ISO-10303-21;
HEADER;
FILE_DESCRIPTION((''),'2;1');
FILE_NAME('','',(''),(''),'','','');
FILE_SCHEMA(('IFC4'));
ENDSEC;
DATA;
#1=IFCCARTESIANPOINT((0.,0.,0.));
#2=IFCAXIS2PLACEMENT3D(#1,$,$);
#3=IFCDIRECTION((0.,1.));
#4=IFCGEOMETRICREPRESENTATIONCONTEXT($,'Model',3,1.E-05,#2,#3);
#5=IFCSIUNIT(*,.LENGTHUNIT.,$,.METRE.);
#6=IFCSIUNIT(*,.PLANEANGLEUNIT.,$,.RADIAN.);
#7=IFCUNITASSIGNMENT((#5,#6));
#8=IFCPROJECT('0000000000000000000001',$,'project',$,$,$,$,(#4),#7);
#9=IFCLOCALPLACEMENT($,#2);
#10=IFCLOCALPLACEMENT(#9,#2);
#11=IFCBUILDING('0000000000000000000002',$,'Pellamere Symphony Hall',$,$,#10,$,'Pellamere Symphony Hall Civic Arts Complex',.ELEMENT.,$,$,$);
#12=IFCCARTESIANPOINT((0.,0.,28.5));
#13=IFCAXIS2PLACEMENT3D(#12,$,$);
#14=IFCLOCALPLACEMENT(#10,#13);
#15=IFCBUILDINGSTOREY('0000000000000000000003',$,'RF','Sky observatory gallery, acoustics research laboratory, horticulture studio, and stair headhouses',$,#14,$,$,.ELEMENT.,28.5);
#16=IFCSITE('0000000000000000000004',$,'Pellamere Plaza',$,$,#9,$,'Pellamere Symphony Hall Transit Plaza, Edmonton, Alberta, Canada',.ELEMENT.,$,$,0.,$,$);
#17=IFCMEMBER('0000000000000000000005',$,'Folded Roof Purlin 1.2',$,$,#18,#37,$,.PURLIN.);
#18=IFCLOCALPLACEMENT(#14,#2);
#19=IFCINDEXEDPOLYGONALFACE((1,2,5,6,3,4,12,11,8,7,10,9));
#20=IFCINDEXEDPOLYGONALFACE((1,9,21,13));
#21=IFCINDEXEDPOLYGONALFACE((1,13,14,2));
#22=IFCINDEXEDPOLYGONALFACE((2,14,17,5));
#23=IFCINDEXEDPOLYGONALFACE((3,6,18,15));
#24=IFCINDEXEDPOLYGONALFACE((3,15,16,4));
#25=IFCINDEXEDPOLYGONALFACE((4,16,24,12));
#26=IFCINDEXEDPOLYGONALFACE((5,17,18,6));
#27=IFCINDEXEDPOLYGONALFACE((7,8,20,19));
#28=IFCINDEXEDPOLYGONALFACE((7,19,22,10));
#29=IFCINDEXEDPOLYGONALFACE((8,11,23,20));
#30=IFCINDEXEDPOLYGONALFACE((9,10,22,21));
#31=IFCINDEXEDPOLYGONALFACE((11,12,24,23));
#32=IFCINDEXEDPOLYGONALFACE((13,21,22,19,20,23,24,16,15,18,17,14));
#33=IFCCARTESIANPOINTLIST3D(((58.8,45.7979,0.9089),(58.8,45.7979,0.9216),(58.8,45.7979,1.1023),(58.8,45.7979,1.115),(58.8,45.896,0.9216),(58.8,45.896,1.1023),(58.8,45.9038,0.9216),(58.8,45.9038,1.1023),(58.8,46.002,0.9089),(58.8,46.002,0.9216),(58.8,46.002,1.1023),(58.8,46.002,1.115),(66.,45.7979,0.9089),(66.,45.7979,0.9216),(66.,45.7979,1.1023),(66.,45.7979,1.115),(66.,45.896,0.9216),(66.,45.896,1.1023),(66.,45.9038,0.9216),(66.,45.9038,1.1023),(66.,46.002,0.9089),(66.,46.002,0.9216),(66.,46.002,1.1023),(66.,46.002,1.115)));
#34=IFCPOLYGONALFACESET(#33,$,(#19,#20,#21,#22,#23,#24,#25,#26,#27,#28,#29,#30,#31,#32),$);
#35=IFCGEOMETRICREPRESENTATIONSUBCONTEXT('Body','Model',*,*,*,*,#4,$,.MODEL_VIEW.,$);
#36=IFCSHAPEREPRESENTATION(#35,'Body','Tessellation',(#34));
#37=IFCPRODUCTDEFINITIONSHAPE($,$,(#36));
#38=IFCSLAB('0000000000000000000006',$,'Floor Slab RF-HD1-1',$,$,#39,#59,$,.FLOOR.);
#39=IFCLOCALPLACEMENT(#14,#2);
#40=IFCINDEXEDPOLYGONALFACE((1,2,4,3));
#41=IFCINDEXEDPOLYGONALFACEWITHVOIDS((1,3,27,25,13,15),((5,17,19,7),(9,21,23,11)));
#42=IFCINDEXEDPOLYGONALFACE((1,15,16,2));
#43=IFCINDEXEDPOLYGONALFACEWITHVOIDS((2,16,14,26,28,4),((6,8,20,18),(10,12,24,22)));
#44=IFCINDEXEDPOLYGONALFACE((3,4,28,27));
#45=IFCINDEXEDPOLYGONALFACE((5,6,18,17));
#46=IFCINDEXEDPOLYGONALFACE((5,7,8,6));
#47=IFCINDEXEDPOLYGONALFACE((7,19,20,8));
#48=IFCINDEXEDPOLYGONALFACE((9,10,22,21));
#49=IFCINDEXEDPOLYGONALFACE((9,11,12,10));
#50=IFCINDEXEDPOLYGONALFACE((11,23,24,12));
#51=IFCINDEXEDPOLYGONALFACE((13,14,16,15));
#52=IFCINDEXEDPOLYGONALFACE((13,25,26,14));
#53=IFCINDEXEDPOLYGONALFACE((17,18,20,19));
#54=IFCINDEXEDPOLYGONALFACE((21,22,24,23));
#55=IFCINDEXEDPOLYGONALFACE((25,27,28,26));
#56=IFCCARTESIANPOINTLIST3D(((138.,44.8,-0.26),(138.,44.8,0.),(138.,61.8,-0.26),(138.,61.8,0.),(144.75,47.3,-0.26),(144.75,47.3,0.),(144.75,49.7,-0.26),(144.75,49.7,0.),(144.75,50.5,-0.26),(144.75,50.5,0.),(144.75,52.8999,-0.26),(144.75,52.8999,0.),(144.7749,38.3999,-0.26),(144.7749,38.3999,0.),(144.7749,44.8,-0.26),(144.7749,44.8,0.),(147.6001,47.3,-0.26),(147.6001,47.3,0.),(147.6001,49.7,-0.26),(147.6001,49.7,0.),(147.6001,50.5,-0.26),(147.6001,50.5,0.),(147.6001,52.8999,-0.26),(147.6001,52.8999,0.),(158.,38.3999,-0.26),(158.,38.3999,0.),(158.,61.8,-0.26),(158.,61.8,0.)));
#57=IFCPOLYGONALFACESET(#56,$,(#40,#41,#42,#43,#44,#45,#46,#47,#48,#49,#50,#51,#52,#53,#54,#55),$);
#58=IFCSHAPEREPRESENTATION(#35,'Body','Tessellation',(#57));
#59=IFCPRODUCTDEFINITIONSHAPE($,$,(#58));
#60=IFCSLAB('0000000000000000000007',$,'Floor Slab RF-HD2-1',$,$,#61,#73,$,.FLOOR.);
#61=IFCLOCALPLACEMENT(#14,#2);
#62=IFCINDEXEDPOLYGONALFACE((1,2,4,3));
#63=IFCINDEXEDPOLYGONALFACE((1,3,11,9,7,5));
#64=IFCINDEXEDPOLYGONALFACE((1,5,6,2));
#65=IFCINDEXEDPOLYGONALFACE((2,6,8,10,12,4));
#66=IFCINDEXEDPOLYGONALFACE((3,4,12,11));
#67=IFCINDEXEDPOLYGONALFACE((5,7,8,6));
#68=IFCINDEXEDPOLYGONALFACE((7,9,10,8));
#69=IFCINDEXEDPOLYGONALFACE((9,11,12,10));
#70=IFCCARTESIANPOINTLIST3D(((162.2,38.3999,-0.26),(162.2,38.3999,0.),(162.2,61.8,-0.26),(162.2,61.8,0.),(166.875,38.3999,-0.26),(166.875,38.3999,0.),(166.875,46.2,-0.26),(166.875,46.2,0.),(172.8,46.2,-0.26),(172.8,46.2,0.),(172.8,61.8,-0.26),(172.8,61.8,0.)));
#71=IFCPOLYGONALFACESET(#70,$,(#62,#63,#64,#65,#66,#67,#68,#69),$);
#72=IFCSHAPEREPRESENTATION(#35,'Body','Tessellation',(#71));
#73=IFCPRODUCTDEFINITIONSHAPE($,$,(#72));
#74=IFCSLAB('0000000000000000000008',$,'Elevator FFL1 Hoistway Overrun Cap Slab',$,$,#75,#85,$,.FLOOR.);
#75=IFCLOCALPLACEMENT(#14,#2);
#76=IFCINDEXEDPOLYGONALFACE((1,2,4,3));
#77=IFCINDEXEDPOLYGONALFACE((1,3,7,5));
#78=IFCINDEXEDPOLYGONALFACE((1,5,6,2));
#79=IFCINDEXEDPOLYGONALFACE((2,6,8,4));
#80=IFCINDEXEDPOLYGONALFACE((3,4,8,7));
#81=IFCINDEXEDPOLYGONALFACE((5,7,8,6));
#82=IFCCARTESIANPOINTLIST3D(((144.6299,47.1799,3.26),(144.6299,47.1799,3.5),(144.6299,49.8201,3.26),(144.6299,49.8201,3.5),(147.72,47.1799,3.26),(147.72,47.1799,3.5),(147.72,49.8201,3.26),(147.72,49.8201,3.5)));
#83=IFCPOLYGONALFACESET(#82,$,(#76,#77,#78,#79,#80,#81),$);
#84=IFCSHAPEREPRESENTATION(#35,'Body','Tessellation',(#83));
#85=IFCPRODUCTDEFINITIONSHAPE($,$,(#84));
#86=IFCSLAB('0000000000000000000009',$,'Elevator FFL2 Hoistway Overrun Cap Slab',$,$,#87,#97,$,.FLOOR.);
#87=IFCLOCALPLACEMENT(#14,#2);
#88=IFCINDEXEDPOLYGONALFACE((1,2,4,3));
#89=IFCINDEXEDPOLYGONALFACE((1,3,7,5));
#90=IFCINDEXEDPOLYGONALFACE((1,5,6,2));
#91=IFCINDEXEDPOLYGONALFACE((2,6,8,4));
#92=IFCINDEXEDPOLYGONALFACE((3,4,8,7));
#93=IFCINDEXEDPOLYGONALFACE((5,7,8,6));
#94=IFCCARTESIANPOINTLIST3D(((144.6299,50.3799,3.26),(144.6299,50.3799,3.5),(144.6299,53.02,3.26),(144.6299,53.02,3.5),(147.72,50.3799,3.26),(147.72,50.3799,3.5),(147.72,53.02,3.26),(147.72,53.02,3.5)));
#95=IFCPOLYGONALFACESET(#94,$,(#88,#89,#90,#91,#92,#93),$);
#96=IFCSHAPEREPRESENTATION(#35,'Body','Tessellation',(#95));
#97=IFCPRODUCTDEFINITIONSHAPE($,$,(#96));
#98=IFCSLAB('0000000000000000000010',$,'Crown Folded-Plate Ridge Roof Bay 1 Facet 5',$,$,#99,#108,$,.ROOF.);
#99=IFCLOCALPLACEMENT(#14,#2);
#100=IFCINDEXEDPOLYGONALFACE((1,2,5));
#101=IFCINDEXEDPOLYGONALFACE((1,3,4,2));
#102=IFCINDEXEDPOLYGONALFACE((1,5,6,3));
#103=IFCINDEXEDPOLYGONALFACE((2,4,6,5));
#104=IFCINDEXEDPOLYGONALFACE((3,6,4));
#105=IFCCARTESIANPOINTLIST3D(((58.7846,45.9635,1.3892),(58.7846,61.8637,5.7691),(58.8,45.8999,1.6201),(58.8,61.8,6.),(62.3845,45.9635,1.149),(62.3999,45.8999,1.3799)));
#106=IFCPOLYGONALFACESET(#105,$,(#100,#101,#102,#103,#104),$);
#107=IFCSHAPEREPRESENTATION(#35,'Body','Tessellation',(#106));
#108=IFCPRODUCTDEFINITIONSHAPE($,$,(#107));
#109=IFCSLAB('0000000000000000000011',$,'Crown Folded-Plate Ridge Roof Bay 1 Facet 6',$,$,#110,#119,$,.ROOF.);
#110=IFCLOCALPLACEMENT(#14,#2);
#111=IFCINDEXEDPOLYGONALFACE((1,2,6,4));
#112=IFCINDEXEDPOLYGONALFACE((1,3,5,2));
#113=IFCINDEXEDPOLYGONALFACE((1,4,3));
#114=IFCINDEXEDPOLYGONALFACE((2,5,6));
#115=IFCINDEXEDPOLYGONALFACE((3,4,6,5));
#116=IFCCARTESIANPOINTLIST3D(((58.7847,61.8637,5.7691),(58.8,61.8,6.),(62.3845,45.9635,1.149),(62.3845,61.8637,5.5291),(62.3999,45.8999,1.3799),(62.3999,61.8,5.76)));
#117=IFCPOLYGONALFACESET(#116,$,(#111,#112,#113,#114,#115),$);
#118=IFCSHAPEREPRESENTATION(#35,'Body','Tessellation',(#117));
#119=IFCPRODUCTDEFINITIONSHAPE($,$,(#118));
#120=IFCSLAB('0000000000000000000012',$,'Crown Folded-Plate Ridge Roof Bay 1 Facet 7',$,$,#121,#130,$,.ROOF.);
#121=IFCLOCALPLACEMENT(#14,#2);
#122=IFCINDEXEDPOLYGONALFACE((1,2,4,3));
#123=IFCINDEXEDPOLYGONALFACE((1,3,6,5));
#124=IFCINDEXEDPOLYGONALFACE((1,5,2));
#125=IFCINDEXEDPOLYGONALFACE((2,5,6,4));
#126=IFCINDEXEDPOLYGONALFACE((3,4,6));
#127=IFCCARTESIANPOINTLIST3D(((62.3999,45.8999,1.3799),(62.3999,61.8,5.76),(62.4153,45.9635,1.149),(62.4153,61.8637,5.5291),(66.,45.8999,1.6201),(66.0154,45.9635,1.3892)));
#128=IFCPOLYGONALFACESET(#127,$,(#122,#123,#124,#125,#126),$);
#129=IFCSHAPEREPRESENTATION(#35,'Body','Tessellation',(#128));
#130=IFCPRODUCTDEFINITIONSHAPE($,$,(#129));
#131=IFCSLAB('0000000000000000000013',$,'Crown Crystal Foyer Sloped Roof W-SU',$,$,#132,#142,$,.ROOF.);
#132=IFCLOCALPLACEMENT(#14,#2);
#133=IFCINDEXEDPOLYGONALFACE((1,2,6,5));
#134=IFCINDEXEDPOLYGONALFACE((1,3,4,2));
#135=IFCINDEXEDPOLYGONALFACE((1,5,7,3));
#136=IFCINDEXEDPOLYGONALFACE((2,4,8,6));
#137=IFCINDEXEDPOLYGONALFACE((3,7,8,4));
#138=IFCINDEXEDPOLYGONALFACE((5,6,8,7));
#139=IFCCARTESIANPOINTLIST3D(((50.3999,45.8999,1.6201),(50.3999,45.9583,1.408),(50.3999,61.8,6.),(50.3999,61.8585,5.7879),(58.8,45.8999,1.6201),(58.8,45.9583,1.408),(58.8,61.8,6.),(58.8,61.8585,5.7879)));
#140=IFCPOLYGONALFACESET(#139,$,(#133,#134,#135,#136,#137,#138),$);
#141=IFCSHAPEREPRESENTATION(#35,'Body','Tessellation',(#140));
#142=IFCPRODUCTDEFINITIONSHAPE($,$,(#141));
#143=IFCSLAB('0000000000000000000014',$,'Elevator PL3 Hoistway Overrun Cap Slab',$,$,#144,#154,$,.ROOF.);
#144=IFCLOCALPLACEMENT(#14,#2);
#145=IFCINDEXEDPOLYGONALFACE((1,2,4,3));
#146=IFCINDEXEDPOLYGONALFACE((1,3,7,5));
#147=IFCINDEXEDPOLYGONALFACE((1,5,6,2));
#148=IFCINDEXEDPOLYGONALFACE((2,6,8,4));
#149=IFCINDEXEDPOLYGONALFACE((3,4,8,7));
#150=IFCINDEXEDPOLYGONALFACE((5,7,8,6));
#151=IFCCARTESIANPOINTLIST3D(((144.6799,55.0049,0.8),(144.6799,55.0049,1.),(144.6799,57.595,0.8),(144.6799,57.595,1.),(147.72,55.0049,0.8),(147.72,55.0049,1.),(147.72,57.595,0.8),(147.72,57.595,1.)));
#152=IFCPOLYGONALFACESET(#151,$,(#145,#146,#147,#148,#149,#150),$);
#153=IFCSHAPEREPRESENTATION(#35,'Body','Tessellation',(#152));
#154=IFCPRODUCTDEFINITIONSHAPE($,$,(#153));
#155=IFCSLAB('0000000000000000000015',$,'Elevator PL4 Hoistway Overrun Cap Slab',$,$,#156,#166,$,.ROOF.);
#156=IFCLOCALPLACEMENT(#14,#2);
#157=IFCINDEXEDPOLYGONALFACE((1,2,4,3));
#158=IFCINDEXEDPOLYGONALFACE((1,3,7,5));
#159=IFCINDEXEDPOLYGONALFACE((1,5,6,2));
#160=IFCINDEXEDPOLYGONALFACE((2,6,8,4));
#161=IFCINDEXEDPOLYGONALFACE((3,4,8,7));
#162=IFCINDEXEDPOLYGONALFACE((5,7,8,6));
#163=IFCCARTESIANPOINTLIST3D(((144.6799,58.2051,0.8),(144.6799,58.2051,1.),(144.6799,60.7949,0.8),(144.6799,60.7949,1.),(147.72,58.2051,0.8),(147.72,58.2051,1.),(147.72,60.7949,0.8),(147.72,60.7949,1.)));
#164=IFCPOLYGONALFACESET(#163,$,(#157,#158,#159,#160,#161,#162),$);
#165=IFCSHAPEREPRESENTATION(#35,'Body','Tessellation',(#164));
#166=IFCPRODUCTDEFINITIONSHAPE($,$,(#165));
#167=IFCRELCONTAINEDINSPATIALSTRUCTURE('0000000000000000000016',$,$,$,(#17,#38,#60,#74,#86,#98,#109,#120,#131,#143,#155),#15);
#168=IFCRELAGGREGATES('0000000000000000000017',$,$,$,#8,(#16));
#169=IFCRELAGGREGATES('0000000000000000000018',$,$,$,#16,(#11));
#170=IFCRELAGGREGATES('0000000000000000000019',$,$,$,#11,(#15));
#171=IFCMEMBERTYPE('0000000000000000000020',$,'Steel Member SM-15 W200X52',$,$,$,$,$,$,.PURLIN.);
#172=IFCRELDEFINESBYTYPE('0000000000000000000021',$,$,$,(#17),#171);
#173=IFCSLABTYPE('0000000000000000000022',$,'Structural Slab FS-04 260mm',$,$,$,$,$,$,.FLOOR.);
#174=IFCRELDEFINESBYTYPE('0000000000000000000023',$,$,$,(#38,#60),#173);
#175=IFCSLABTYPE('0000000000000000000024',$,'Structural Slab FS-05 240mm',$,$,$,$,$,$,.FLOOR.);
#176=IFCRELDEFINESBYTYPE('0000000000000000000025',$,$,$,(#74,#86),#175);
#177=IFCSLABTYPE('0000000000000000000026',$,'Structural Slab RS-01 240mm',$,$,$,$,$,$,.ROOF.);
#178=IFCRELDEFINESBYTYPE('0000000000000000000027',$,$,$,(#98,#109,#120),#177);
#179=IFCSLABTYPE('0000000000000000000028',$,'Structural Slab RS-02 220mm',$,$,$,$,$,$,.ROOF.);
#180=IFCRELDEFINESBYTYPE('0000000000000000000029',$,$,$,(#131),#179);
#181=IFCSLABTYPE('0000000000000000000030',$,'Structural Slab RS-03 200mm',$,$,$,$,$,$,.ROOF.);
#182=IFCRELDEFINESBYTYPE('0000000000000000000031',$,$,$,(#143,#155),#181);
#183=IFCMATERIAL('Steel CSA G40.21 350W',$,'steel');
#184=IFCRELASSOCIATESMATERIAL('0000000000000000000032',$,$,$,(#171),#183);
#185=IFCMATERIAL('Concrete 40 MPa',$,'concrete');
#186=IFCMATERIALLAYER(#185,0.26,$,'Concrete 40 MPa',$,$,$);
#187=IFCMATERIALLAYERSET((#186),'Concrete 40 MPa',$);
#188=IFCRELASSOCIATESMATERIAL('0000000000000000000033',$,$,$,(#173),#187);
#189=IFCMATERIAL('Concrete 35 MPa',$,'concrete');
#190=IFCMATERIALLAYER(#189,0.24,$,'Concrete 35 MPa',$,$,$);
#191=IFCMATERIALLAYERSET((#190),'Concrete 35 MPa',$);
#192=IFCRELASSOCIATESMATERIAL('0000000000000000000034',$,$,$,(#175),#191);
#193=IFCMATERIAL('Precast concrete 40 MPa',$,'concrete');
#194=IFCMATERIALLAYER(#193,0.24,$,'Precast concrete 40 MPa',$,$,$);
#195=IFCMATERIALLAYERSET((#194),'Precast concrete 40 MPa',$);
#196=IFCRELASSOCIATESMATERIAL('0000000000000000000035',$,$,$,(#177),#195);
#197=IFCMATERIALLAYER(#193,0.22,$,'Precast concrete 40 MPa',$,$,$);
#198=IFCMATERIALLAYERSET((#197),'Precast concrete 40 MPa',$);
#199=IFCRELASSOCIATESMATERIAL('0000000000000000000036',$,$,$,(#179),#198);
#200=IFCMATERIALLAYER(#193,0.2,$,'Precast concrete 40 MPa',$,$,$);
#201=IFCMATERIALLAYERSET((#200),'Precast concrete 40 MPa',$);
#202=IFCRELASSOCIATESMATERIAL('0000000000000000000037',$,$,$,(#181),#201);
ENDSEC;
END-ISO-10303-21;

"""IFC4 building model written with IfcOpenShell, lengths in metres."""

from ifc_helpers import new_model, si_unit, direction, frame, origin, origin_2d, place, context, subcontext, project, spatial, polyline, i_section, outline, extrude, material, layer, layer_set, material_profile, profile_set, type_object, element, save


model = new_model("IFC4")

# Units and contexts
model_context = context("Model", 3, precision=1e-05, world=origin(), true_north=direction((0.0, 1.0)))
body_context = subcontext(model_context, "Body", "Model", "MODEL_VIEW")
ifc_project = project(units=[si_unit("LENGTHUNIT", "METRE"), si_unit("PLANEANGLEUNIT", "RADIAN")], contexts=[model_context])

# Site, building, storey
site_placement = place(None, origin())
site = spatial("IfcSite", under=ifc_project, at=site_placement, Name="Pellamere Plaza", LongName="Pellamere Symphony Hall Transit Plaza, Edmonton, Alberta, Canada", CompositionType="ELEMENT", RefElevation=0.0)
building_placement = place(site_placement, origin())
building = spatial("IfcBuilding", under=site, at=building_placement, Name="Pellamere Symphony Hall", LongName="Pellamere Symphony Hall Civic Arts Complex", CompositionType="ELEMENT")
storey_placement = place(building_placement, frame((0.0, 0.0, 28.5)))
storey = spatial("IfcBuildingStorey", under=building, at=storey_placement, Name="RF", Description="Sky observatory gallery, acoustics research laboratory, horticulture studio, and stair headhouses", CompositionType="ELEMENT", Elevation=28.5)

# Member
ifc_material_1 = material(Name="Steel CSA G40.21 350W", Category="steel")
ifc_material_profile = material_profile(ifc_material_1, i_section(OverallWidth=0.2041, OverallDepth=0.2061, WebThickness=0.0078, FlangeThickness=0.0127, at=origin_2d()), Name="W200X52")
ifc_profile_set = profile_set([ifc_material_profile], Name="Steel CSA G40.21 350W")
member_type = type_object("IfcMemberType", Name="Steel Member SM-15 W200X52", PredefinedType="PURLIN", material=ifc_profile_set)
member_placement = place(storey_placement, frame((58.8, 45.8999, 1.012), z_axis=(1.0, 0.0, 0.0), x_axis=(0.0, 1.0, 0.0)))
element("IfcMember", 1, at=member_placement, inside=storey, type_object=member_type, Name="Folded Roof Purlin 1.2", PredefinedType="PURLIN", context=body_context, shape_type="SweptSolid", body=[
    extrude(i_section(OverallWidth=0.2041, OverallDepth=0.2061, WebThickness=0.0078, FlangeThickness=0.0127, at=origin_2d()), origin(), (0.0, 0.0, 1.0), 7.2),
])

# Slabs
ifc_material_2 = material(Name="Concrete 40 MPa", Category="concrete")
ifc_layer_1 = layer(ifc_material_2, 0.26, Name="Concrete 40 MPa")
ifc_layer_set_1 = layer_set([ifc_layer_1], Name="Concrete 40 MPa")
slab_type_1 = type_object("IfcSlabType", Name="Structural Slab FS-04 260mm", PredefinedType="FLOOR", material=ifc_layer_set_1)
slab_1_placement = place(storey_placement, frame((0.0, 0.0, -0.26)))
element("IfcSlab", 2, at=slab_1_placement, inside=storey, type_object=slab_type_1, Name="Floor Slab RF-HD1-1", PredefinedType="FLOOR", context=body_context, shape_type="SweptSolid", body=[
    extrude(outline(polyline([(138.0, 61.8), (158.0, 61.8), (158.0, 38.3999), (144.7749, 38.3999), (144.7749, 44.8), (138.0, 44.8), (138.0, 61.8)]), holes=[polyline([(144.75, 47.3), (147.6001, 47.3), (147.6001, 49.7), (144.75, 49.7), (144.75, 47.3)]), polyline([(144.75, 50.5), (147.6001, 50.5), (147.6001, 52.8999), (144.75, 52.8999), (144.75, 50.5)])]), origin(), (0.0, 0.0, 1.0), 0.26),
])
slab_2_placement = place(storey_placement, frame((0.0, 0.0, -0.26)))
element("IfcSlab", 3, at=slab_2_placement, inside=storey, type_object=slab_type_1, Name="Floor Slab RF-HD2-1", PredefinedType="FLOOR", context=body_context, shape_type="SweptSolid", body=[
    extrude(outline(polyline([(162.2, 38.3999), (162.2, 61.8), (172.8, 61.8), (172.8, 46.2), (166.875, 46.2), (166.875, 38.3999), (162.2, 38.3999)])), origin(), (0.0, 0.0, 1.0), 0.26),
])
ifc_material_3 = material(Name="Concrete 35 MPa", Category="concrete")
ifc_layer_2 = layer(ifc_material_3, 0.24, Name="Concrete 35 MPa")
ifc_layer_set_2 = layer_set([ifc_layer_2], Name="Concrete 35 MPa")
slab_type_2 = type_object("IfcSlabType", Name="Structural Slab FS-05 240mm", PredefinedType="FLOOR", material=ifc_layer_set_2)
slab_3_placement = place(storey_placement, frame((0.0, 0.0, 3.26)))
element("IfcSlab", 4, at=slab_3_placement, inside=storey, type_object=slab_type_2, Name="Elevator FFL1 Hoistway Overrun Cap Slab", PredefinedType="FLOOR", context=body_context, shape_type="SweptSolid", body=[
    extrude(outline(polyline([(144.6299, 47.1799), (147.72, 47.1799), (147.72, 49.8201), (144.6299, 49.8201), (144.6299, 47.1799)])), origin(), (0.0, 0.0, 1.0), 0.24),
])
slab_4_placement = place(storey_placement, frame((0.0, 0.0, 3.26)))
element("IfcSlab", 5, at=slab_4_placement, inside=storey, type_object=slab_type_2, Name="Elevator FFL2 Hoistway Overrun Cap Slab", PredefinedType="FLOOR", context=body_context, shape_type="SweptSolid", body=[
    extrude(outline(polyline([(144.6299, 50.3799), (147.72, 50.3799), (147.72, 53.02), (144.6299, 53.02), (144.6299, 50.3799)])), origin(), (0.0, 0.0, 1.0), 0.24),
])
ifc_material_4 = material(Name="Precast concrete 40 MPa", Category="concrete")
ifc_layer_3 = layer(ifc_material_4, 0.24, Name="Precast concrete 40 MPa")
ifc_layer_set_3 = layer_set([ifc_layer_3], Name="Precast concrete 40 MPa")
slab_type_3 = type_object("IfcSlabType", Name="Structural Slab RS-01 240mm", PredefinedType="ROOF", material=ifc_layer_set_3)
slab_5_placement = place(storey_placement, frame((58.8, 45.8999, 1.6201), z_axis=(0.064205, -0.265022, 0.962102), x_axis=(0.997781, 0.0, -0.066586)))
element("IfcSlab", 6, at=slab_5_placement, inside=storey, type_object=slab_type_3, Name="Crown Folded-Plate Ridge Roof Bay 1 Facet 5", PredefinedType="ROOF", context=body_context, shape_type="SweptSolid", body=[
    extrude(outline(polyline([(0.0, 0.0), (3.6079, 0.0), (-0.2916, 16.4898), (0.0, 0.0)])), origin(), (0.0, 0.0, -1.0), 0.24),
])
slab_6_placement = place(storey_placement, frame((62.3999, 45.8999, 1.3799), z_axis=(0.06414, -0.265037, 0.962103), x_axis=(0.0, 0.964088, 0.265584)))
element("IfcSlab", 7, at=slab_6_placement, inside=storey, type_object=slab_type_3, Name="Crown Folded-Plate Ridge Roof Bay 1 Facet 6", PredefinedType="ROOF", context=body_context, shape_type="SweptSolid", body=[
    extrude(outline(polyline([(0.0, 0.0), (16.4924, 0.0), (16.5562, 3.6073), (0.0, 0.0)])), origin(), (0.0, 0.0, -1.0), 0.24),
])
slab_7_placement = place(storey_placement, frame((62.3999, 45.8999, 1.3799), z_axis=(-0.064201, -0.265036, 0.962099), x_axis=(0.997781, 0.0, 0.066582)))
element("IfcSlab", 8, at=slab_7_placement, inside=storey, type_object=slab_type_3, Name="Crown Folded-Plate Ridge Roof Bay 1 Facet 7", PredefinedType="ROOF", context=body_context, shape_type="SweptSolid", body=[
    extrude(outline(polyline([(0.0, 0.0), (3.6081, 0.0), (0.2916, 16.4898), (0.0, 0.0)])), origin(), (0.0, 0.0, -1.0), 0.24),
])
ifc_layer_4 = layer(ifc_material_4, 0.22, Name="Precast concrete 40 MPa")
ifc_layer_set_4 = layer_set([ifc_layer_4], Name="Precast concrete 40 MPa")
slab_type_4 = type_object("IfcSlabType", Name="Structural Slab RS-02 220mm", PredefinedType="ROOF", material=ifc_layer_set_4)
slab_8_placement = place(storey_placement, frame((50.3999, 45.8999, 1.6201), z_axis=(0.0, -0.26557, 0.964091), x_axis=(1.0, 0.0, 0.0)))
element("IfcSlab", 9, at=slab_8_placement, inside=storey, type_object=slab_type_4, Name="Crown Crystal Foyer Sloped Roof W-SU", PredefinedType="ROOF", context=body_context, shape_type="SweptSolid", body=[
    extrude(outline(polyline([(0.0, 0.0), (8.4001, 0.0), (8.4001, 16.4924), (0.0, 16.4924), (0.0, 0.0)])), origin(), (0.0, 0.0, -1.0), 0.22),
])
ifc_layer_5 = layer(ifc_material_4, 0.2, Name="Precast concrete 40 MPa")
ifc_layer_set_5 = layer_set([ifc_layer_5], Name="Precast concrete 40 MPa")
slab_type_5 = type_object("IfcSlabType", Name="Structural Slab RS-03 200mm", PredefinedType="ROOF", material=ifc_layer_set_5)
slab_9_placement = place(storey_placement, frame((0.0, 0.0, 0.8)))
element("IfcSlab", 10, at=slab_9_placement, inside=storey, type_object=slab_type_5, Name="Elevator PL3 Hoistway Overrun Cap Slab", PredefinedType="ROOF", context=body_context, shape_type="SweptSolid", body=[
    extrude(outline(polyline([(144.6799, 55.0049), (147.72, 55.0049), (147.72, 57.595), (144.6799, 57.595), (144.6799, 55.0049)])), origin(), (0.0, 0.0, 1.0), 0.2),
])
slab_10_placement = place(storey_placement, frame((0.0, 0.0, 0.8)))
element("IfcSlab", 11, at=slab_10_placement, inside=storey, type_object=slab_type_5, Name="Elevator PL4 Hoistway Overrun Cap Slab", PredefinedType="ROOF", context=body_context, shape_type="SweptSolid", body=[
    extrude(outline(polyline([(144.6799, 58.2051), (147.72, 58.2051), (147.72, 60.7949), (144.6799, 60.7949), (144.6799, 58.2051)])), origin(), (0.0, 0.0, 1.0), 0.2),
])

save(model, "model.ifc")
